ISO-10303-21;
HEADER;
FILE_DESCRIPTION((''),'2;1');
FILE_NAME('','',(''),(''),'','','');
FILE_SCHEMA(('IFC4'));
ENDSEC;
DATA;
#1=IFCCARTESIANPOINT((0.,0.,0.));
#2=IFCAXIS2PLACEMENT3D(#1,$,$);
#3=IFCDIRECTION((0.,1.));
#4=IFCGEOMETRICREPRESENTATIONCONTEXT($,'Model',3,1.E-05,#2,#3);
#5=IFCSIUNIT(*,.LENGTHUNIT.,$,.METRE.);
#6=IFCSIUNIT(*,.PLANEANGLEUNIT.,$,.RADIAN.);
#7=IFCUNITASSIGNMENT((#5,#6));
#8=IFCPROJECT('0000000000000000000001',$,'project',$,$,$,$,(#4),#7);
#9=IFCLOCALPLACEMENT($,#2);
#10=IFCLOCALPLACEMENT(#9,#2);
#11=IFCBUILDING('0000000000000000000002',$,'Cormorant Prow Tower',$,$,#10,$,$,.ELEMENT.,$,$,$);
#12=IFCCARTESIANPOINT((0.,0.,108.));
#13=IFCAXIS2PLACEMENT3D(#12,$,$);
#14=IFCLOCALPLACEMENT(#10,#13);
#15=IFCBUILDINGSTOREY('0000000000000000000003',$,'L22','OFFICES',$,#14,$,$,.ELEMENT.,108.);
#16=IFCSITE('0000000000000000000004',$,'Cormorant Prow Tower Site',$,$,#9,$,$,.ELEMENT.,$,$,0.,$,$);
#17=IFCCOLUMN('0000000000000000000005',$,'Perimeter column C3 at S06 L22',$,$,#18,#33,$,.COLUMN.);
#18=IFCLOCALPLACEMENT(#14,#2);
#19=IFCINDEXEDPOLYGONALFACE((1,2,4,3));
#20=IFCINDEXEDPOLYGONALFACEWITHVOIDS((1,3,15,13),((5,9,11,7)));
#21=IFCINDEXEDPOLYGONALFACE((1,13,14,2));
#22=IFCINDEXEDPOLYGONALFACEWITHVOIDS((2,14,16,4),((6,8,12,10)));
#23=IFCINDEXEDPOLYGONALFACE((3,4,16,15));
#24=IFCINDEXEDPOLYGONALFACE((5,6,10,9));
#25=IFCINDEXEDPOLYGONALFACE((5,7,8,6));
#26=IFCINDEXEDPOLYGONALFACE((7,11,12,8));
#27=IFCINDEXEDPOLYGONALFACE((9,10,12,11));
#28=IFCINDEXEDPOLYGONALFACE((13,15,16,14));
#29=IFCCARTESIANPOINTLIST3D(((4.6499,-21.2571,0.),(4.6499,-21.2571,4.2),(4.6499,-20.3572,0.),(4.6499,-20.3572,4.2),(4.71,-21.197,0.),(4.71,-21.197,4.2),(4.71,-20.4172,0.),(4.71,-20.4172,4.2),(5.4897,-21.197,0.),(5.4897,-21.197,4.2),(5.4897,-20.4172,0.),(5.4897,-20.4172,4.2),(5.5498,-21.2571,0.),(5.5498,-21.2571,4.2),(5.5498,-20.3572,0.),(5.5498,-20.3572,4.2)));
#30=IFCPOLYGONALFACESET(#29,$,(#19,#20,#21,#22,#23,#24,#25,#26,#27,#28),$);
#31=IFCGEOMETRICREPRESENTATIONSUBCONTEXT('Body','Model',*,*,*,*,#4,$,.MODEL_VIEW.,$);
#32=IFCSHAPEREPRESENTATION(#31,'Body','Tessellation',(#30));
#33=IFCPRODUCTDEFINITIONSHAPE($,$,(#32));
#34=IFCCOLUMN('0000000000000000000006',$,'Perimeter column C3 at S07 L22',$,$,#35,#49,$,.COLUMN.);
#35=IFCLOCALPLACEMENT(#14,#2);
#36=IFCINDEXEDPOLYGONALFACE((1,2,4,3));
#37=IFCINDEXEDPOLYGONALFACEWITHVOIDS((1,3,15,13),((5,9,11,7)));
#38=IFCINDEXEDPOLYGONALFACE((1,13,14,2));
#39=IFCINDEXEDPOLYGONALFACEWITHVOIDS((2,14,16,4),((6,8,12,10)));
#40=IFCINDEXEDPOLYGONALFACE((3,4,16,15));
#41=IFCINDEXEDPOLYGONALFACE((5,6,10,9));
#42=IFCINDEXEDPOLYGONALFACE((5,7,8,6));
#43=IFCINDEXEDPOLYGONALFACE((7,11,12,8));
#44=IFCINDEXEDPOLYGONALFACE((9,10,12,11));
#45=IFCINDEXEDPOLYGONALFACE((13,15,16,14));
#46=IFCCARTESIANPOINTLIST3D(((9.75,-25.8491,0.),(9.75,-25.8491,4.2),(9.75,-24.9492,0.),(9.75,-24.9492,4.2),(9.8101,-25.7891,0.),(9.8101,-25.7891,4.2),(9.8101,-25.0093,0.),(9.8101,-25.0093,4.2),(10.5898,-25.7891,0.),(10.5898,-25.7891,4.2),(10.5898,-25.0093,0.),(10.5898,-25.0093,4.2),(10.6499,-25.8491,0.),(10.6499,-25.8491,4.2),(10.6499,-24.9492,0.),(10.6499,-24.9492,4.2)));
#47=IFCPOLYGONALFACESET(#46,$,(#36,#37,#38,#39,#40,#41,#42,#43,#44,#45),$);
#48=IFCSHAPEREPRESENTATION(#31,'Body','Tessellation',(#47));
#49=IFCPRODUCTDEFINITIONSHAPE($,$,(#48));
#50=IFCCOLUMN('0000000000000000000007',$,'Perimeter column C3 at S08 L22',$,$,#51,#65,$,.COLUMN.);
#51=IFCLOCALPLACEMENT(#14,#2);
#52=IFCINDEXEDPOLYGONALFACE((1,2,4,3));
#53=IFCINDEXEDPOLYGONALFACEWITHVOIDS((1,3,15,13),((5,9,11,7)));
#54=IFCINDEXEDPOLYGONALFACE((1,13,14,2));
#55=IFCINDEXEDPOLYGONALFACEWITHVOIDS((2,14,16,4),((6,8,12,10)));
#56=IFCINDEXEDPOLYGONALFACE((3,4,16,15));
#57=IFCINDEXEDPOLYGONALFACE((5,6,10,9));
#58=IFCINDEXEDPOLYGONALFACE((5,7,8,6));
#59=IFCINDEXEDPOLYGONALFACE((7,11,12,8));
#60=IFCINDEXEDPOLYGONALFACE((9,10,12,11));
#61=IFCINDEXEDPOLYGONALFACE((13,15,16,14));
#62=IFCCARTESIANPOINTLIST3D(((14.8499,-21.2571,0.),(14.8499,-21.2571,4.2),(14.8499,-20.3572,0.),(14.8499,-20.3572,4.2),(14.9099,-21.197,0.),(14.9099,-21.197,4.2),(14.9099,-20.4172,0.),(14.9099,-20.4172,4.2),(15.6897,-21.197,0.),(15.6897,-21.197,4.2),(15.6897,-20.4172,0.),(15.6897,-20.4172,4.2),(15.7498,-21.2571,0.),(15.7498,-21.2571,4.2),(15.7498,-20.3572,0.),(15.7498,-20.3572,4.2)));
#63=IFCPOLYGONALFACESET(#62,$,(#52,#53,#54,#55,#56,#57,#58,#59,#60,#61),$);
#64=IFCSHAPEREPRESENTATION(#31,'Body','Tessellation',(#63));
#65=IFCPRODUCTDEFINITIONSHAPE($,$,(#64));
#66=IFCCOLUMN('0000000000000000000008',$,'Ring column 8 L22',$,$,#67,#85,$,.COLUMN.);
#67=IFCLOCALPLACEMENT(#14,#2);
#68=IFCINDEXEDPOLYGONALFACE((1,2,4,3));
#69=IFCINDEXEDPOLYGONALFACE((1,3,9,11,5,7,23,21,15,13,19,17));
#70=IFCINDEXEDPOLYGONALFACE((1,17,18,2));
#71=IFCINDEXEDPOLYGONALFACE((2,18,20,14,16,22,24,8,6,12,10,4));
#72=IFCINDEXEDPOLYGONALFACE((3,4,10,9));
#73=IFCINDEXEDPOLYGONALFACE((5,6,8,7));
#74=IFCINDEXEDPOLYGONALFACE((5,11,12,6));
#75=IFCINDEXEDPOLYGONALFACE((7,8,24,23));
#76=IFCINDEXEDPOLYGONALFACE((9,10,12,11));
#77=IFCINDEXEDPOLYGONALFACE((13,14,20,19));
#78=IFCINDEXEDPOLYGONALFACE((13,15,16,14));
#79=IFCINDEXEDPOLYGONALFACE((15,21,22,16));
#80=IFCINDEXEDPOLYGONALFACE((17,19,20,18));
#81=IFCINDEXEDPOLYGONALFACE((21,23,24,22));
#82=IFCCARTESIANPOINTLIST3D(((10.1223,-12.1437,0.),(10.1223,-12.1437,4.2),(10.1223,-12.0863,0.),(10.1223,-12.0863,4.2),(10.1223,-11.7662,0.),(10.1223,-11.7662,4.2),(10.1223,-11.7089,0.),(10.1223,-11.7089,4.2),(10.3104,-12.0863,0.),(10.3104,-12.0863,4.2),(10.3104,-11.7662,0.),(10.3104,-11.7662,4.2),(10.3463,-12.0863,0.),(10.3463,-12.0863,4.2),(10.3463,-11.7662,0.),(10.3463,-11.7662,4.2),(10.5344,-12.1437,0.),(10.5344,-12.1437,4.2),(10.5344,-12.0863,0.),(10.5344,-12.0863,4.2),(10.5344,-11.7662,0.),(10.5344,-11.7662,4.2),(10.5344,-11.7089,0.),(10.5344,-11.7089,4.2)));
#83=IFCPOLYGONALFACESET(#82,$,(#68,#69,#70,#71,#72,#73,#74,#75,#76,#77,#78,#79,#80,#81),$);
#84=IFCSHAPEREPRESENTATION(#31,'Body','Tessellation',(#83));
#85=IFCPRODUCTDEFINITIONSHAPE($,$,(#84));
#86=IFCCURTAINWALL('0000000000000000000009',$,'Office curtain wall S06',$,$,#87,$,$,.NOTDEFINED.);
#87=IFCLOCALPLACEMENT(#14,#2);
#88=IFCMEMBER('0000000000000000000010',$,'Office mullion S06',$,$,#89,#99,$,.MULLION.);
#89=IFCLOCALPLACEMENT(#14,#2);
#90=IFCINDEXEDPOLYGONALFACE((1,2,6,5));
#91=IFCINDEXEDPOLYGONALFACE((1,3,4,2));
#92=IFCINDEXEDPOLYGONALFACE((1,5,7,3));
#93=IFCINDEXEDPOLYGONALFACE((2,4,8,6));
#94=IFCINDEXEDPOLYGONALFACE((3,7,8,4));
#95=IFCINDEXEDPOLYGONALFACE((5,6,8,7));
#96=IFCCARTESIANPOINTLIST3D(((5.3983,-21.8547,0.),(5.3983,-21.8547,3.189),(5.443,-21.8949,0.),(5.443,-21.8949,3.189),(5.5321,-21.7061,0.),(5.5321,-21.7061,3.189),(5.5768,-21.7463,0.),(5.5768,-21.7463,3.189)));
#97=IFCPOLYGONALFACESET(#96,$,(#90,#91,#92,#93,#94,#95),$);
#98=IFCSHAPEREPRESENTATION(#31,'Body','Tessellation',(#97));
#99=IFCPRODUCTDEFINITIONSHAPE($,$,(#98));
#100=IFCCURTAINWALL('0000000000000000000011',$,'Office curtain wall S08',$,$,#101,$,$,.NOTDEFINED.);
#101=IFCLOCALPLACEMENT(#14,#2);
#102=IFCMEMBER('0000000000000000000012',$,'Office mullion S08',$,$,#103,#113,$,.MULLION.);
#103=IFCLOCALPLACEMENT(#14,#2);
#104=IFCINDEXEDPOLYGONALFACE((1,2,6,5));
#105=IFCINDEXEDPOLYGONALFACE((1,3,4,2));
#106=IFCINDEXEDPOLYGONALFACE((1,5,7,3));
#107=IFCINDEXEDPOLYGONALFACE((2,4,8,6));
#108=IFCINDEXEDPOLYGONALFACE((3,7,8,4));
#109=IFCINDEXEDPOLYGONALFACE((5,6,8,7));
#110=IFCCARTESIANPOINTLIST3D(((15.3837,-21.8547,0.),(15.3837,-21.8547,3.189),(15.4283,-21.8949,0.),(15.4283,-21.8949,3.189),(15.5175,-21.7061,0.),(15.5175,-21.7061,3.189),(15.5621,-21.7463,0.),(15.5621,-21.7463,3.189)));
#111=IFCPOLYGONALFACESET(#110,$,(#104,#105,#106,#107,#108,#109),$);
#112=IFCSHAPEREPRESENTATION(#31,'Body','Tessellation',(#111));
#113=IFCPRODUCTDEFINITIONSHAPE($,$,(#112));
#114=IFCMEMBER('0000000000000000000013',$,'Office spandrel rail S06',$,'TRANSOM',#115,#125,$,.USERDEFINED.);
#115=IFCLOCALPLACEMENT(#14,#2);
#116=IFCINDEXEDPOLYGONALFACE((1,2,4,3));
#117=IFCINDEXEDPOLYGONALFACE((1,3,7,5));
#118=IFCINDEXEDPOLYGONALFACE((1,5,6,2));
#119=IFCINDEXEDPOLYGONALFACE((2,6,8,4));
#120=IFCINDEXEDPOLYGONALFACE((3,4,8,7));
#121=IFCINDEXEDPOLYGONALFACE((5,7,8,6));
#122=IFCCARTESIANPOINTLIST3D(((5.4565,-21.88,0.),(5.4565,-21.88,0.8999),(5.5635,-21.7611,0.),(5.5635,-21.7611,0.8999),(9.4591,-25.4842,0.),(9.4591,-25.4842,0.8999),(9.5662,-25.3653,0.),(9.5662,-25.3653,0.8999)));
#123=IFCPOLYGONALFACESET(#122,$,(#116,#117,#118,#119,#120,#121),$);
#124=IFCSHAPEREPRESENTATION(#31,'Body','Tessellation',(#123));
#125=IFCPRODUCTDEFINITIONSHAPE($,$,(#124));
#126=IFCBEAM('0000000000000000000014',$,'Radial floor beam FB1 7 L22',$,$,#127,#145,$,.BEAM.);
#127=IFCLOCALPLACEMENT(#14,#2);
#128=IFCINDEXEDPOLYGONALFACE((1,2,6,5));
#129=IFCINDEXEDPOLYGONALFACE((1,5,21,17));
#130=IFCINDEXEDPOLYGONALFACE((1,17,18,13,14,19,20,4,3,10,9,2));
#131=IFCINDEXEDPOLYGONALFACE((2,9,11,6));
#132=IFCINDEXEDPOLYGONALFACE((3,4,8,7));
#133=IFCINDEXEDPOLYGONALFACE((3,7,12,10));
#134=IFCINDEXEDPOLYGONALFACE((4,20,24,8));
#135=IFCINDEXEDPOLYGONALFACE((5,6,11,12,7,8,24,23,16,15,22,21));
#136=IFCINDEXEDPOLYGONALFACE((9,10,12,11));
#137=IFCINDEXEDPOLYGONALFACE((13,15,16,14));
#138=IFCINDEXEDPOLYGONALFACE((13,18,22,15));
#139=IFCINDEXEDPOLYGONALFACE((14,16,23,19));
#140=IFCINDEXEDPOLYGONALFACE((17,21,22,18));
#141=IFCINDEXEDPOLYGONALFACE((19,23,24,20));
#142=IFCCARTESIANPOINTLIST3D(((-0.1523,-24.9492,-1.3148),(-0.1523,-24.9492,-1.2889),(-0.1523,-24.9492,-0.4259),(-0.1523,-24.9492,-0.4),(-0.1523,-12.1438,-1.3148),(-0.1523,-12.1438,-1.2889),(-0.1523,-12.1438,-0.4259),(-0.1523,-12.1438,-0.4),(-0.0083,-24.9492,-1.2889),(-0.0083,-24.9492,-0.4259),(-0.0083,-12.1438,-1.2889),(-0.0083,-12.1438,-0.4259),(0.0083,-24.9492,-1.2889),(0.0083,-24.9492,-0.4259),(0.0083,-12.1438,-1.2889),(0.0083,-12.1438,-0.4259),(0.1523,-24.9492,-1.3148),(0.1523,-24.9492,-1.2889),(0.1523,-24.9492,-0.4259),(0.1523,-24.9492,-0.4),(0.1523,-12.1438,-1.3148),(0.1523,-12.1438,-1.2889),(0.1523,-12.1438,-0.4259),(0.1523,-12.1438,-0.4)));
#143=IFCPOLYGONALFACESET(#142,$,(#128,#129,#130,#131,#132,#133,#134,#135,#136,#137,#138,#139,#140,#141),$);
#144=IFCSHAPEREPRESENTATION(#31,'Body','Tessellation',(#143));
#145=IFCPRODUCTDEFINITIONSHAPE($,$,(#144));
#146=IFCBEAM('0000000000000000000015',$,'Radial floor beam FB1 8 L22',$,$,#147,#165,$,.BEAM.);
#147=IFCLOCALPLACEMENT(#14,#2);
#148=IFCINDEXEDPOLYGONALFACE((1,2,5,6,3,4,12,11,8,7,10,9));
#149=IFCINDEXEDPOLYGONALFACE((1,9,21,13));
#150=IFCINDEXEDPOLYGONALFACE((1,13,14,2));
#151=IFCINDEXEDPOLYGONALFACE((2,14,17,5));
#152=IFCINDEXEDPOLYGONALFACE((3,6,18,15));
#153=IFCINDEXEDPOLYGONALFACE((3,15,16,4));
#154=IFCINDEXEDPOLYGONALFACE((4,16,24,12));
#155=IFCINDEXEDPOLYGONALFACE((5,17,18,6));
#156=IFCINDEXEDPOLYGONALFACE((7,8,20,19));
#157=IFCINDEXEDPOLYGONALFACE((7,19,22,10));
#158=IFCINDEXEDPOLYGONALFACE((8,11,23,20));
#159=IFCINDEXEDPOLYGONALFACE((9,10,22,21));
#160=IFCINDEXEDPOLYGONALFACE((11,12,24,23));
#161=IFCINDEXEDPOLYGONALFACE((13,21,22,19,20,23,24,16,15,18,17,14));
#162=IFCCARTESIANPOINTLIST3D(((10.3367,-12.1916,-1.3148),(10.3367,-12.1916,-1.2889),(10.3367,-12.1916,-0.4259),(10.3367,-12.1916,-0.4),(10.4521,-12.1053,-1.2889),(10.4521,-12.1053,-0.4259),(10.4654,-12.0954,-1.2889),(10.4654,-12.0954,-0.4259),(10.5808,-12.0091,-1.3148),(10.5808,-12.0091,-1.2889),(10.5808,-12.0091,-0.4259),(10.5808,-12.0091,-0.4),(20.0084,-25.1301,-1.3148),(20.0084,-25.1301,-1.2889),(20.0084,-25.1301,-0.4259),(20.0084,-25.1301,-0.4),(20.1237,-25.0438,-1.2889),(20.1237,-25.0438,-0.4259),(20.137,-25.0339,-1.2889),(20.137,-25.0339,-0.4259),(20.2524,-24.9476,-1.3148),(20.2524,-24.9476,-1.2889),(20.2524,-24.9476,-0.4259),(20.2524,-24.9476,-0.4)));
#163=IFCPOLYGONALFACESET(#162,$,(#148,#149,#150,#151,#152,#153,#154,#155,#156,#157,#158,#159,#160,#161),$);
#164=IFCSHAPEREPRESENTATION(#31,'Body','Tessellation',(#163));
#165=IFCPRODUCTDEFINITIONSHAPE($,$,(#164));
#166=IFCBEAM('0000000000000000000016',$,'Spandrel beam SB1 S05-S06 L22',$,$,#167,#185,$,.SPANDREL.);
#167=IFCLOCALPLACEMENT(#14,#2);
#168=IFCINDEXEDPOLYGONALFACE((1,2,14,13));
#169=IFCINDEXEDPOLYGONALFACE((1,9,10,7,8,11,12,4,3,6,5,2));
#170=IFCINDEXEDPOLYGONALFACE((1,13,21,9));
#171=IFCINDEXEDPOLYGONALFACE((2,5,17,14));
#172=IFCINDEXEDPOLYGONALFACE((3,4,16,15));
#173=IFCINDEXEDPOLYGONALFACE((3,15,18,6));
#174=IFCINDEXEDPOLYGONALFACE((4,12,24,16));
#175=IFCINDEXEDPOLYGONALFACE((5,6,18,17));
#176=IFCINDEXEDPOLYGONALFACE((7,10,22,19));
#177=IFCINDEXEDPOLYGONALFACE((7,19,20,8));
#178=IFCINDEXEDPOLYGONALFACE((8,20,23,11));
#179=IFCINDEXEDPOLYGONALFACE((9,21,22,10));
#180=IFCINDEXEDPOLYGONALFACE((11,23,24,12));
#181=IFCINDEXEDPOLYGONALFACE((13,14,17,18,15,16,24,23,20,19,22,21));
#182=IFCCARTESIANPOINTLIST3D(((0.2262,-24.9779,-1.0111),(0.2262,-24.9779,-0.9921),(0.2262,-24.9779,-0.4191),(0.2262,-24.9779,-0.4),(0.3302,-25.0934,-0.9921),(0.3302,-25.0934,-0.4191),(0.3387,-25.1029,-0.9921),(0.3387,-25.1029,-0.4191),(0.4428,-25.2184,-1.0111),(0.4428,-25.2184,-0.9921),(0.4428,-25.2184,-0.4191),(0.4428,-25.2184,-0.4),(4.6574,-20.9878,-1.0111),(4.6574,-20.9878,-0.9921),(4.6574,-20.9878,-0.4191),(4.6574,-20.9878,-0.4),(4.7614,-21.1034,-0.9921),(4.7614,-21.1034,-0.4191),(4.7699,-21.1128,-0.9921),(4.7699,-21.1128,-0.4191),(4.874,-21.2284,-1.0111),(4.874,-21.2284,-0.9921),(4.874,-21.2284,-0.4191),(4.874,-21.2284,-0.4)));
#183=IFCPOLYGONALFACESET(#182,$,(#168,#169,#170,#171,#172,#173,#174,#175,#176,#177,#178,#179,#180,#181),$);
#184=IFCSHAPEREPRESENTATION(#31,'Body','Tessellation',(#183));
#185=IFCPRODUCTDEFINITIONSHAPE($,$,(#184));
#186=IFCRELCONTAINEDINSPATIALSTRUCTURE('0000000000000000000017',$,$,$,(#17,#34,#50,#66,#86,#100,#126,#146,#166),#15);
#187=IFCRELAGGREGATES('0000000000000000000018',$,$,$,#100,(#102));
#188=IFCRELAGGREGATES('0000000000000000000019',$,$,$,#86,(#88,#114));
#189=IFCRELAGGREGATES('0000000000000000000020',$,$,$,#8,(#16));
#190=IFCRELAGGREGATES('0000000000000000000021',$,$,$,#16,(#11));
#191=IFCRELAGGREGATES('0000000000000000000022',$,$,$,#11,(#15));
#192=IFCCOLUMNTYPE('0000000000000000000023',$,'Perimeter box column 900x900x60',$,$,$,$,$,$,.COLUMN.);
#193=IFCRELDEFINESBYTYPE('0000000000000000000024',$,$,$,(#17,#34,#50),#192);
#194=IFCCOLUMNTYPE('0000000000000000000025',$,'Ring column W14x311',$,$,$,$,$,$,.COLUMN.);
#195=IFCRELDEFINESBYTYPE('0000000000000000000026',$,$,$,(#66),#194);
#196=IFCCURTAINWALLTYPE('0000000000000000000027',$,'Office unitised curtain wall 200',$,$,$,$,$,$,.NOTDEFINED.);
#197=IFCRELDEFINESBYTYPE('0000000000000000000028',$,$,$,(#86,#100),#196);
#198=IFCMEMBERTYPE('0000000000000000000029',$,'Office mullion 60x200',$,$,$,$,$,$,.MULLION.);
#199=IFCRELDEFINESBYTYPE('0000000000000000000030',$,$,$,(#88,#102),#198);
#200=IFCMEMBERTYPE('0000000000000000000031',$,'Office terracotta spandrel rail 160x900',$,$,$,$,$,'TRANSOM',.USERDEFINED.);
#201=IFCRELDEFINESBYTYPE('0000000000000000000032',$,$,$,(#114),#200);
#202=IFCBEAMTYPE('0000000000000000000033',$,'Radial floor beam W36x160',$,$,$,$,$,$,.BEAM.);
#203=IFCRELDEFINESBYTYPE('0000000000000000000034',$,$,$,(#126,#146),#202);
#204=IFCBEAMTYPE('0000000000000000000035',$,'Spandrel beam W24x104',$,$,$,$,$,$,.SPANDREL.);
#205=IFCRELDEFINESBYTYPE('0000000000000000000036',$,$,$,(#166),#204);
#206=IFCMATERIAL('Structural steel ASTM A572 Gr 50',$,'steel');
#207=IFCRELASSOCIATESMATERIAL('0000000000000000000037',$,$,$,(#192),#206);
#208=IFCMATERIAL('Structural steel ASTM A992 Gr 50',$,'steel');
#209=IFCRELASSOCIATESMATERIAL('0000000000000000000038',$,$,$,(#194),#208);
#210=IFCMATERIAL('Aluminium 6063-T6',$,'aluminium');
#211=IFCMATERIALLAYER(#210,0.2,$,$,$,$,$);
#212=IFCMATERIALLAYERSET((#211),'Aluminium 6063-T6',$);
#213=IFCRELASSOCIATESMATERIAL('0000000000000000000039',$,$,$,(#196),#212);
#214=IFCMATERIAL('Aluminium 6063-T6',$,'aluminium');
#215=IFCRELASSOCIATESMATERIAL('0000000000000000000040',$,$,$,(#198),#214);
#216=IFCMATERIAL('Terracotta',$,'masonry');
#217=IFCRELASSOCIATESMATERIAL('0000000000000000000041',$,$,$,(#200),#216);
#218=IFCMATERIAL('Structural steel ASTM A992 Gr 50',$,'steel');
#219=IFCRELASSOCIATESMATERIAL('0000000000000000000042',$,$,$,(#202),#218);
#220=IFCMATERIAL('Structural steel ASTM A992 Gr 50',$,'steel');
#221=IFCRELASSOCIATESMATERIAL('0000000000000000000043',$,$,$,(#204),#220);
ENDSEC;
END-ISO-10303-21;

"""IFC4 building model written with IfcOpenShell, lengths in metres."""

from ifc_helpers import new_model, si_unit, direction, frame, origin, origin_2d, place, context, subcontext, project, spatial, rectangle, hollow_rectangle, i_section, extrude, material, layer, layer_set, material_profile, profile_set, type_object, element, aggregate, save


model = new_model("IFC4")

# Units and contexts
model_context = context("Model", 3, precision=1e-05, world=origin(), true_north=direction((0.0, 1.0)))
body_context = subcontext(model_context, "Body", "Model", "MODEL_VIEW")
ifc_project = project(units=[si_unit("LENGTHUNIT", "METRE"), si_unit("PLANEANGLEUNIT", "RADIAN")], contexts=[model_context])

# Site, building, storey
site_placement = place(None, origin())
site = spatial("IfcSite", under=ifc_project, at=site_placement, Name="Cormorant Prow Tower Site", CompositionType="ELEMENT", RefElevation=0.0)
building_placement = place(site_placement, origin())
building = spatial("IfcBuilding", under=site, at=building_placement, Name="Cormorant Prow Tower", CompositionType="ELEMENT")
storey_placement = place(building_placement, frame((0.0, 0.0, 108.0)))
storey = spatial("IfcBuildingStorey", under=building, at=storey_placement, Name="L22", Description="OFFICES", CompositionType="ELEMENT", Elevation=108.0)

# Columns
ifc_material_1 = material(Name="Structural steel ASTM A572 Gr 50", Category="steel")
ifc_material_profile_1 = material_profile(ifc_material_1, hollow_rectangle(XDim=0.8999, YDim=0.8999, WallThickness=0.0601, at=origin_2d()), Name="Box 900x900x60")
ifc_profile_set_1 = profile_set([ifc_material_profile_1], Name="Structural steel ASTM A572 Gr 50")
column_type_1 = type_object("IfcColumnType", Name="Perimeter box column 900x900x60", PredefinedType="COLUMN", material=ifc_profile_set_1)
for number, where, z_axis, x_axis, name in (
    (1, (5.0999, -20.8071, 0.0), (0.0, 0.0, 1.0), (1.0, 0.0, 0.0), "Perimeter column C3 at S06 L22"),
    (2, (10.2, -25.3992, 0.0), (0.0, 0.0, 1.0), (1.0, 0.0, 0.0), "Perimeter column C3 at S07 L22"),
    (3, (15.2998, -20.8071, 0.0), (0.0, 0.0, 1.0), (1.0, 0.0, 0.0), "Perimeter column C3 at S08 L22"),
):
    element("IfcColumn", number, at=place(storey_placement, frame(where, z_axis=z_axis, x_axis=x_axis)), inside=storey, type_object=column_type_1, Name=name, PredefinedType="COLUMN", context=body_context, shape_type="SweptSolid", body=[
        extrude(hollow_rectangle(XDim=0.8999, YDim=0.8999, WallThickness=0.0601, at=origin_2d()), origin(), (0.0, 0.0, 1.0), 4.2),
    ])
ifc_material_2 = material(Name="Structural steel ASTM A992 Gr 50", Category="steel")
ifc_material_profile_2 = material_profile(ifc_material_2, i_section(OverallWidth=0.4121, OverallDepth=0.4348, WebThickness=0.0359, FlangeThickness=0.0574, at=origin_2d()), Name="W14x311")
ifc_profile_set_2 = profile_set([ifc_material_profile_2], Name="Structural steel ASTM A992 Gr 50")
column_type_2 = type_object("IfcColumnType", Name="Ring column W14x311", PredefinedType="COLUMN", material=ifc_profile_set_2)
column_placement = place(storey_placement, frame((10.3284, -11.9263, 0.0), z_axis=(0.0, 0.0, 1.0), x_axis=(1.0, 0.0, 0.0)))
element("IfcColumn", 4, at=column_placement, inside=storey, type_object=column_type_2, Name="Ring column 8 L22", PredefinedType="COLUMN", context=body_context, shape_type="SweptSolid", body=[
    extrude(i_section(OverallWidth=0.4121, OverallDepth=0.4348, WebThickness=0.0359, FlangeThickness=0.0574, at=origin_2d()), origin(), (0.0, 0.0, 1.0), 4.2),
])

# Curtain walls, members
ifc_material_3 = material(Name="Aluminium 6063-T6", Category="aluminium")
ifc_layer_1 = layer(ifc_material_3, 0.2)
ifc_layer_set_1 = layer_set([ifc_layer_1], Name="Aluminium 6063-T6")
curtain_wall_type = type_object("IfcCurtainWallType", Name="Office unitised curtain wall 200", PredefinedType="NOTDEFINED", material=ifc_layer_set_1)
curtain_wall_1_placement = place(storey_placement, origin())
curtain_wall_1 = element("IfcCurtainWall", 5, at=curtain_wall_1_placement, inside=storey, type_object=curtain_wall_type, Name="Office curtain wall S06", PredefinedType="NOTDEFINED")
ifc_material_4 = material(Name="Aluminium 6063-T6", Category="aluminium")
ifc_material_profile_3 = material_profile(ifc_material_4, rectangle(XDim=0.2, YDim=0.0601, at=origin_2d()), Name="Office mullion 60x200")
ifc_profile_set_3 = profile_set([ifc_material_profile_3], Name="Aluminium 6063-T6")
member_type_1 = type_object("IfcMemberType", Name="Office mullion 60x200", PredefinedType="MULLION", material=ifc_profile_set_3)
member_1_placement = place(storey_placement, frame((5.4875, -21.8005, 0.0), z_axis=(0.0, 0.0, 1.0), x_axis=(0.669131, 0.743145, 0.0)))
member_1 = element("IfcMember", 6, at=member_1_placement, type_object=member_type_1, Name="Office mullion S06", PredefinedType="MULLION", context=body_context, shape_type="SweptSolid", body=[
    extrude(rectangle(XDim=0.2, YDim=0.0601, at=origin_2d()), origin(), (0.0, 0.0, 1.0), 3.189),
])
curtain_wall_2_placement = place(storey_placement, origin())
curtain_wall_2 = element("IfcCurtainWall", 7, at=curtain_wall_2_placement, inside=storey, type_object=curtain_wall_type, Name="Office curtain wall S08", PredefinedType="NOTDEFINED")
member_2_placement = place(storey_placement, frame((15.4729, -21.8005, 0.0), z_axis=(0.0, 0.0, 1.0), x_axis=(0.669131, 0.743145, 0.0)))
member_2 = element("IfcMember", 8, at=member_2_placement, type_object=member_type_1, Name="Office mullion S08", PredefinedType="MULLION", context=body_context, shape_type="SweptSolid", body=[
    extrude(rectangle(XDim=0.2, YDim=0.0601, at=origin_2d()), origin(), (0.0, 0.0, 1.0), 3.189),
])
aggregate(curtain_wall_2, [member_2])

# Member
ifc_material_5 = material(Name="Terracotta", Category="masonry")
ifc_material_profile_4 = material_profile(ifc_material_5, rectangle(XDim=0.1599, YDim=0.8999, at=origin_2d()), Name="Office terracotta spandrel rail 160x900")
ifc_profile_set_4 = profile_set([ifc_material_profile_4], Name="Terracotta")
member_type_2 = type_object("IfcMemberType", Name="Office terracotta spandrel rail 160x900", ElementType="TRANSOM", PredefinedType="USERDEFINED", material=ifc_profile_set_4)
member_3_placement = place(storey_placement, frame((5.51, -21.8206, 0.45), z_axis=(0.743125, -0.669153, 0.0), x_axis=(0.669153, 0.743125, 0.0)))
member_3 = element("IfcMember", 9, at=member_3_placement, type_object=member_type_2, Name="Office spandrel rail S06", ObjectType="TRANSOM", PredefinedType="USERDEFINED", context=body_context, shape_type="SweptSolid", body=[
    extrude(rectangle(XDim=0.1599, YDim=0.8999, at=origin_2d()), origin(), (0.0, 0.0, 1.0), 5.3862),
])

# Beams
ifc_material_6 = material(Name="Structural steel ASTM A992 Gr 50", Category="steel")
ifc_material_profile_5 = material_profile(ifc_material_6, i_section(OverallWidth=0.3047, OverallDepth=0.9148, WebThickness=0.0166, FlangeThickness=0.0259, at=origin_2d()), Name="W36x160")
ifc_profile_set_5 = profile_set([ifc_material_profile_5], Name="Structural steel ASTM A992 Gr 50")
beam_type_1 = type_object("IfcBeamType", Name="Radial floor beam W36x160", PredefinedType="BEAM", material=ifc_profile_set_5)
beam_1_placement = place(storey_placement, frame((0.0, -12.1438, -0.8574), z_axis=(0.0, -1.0, 0.0), x_axis=(1.0, 0.0, 0.0)))
element("IfcBeam", 10, at=beam_1_placement, inside=storey, type_object=beam_type_1, Name="Radial floor beam FB1 7 L22", PredefinedType="BEAM", context=body_context, shape_type="SweptSolid", body=[
    extrude(i_section(OverallWidth=0.3047, OverallDepth=0.9148, WebThickness=0.0166, FlangeThickness=0.0259, at=origin_2d()), origin(), (0.0, 0.0, 1.0), 12.8054),
])
beam_2_placement = place(storey_placement, frame((10.4587, -12.1003, -0.8574), z_axis=(0.598722, -0.800957, 0.0), x_axis=(0.800957, 0.598722, 0.0)))
element("IfcBeam", 11, at=beam_2_placement, inside=storey, type_object=beam_type_1, Name="Radial floor beam FB1 8 L22", PredefinedType="BEAM", context=body_context, shape_type="SweptSolid", body=[
    extrude(i_section(OverallWidth=0.3047, OverallDepth=0.9148, WebThickness=0.0166, FlangeThickness=0.0259, at=origin_2d()), origin(), (0.0, 0.0, 1.0), 16.1538),
])
ifc_material_7 = material(Name="Structural steel ASTM A992 Gr 50", Category="steel")
ifc_material_profile_6 = material_profile(ifc_material_7, i_section(OverallWidth=0.3237, OverallDepth=0.6111, WebThickness=0.0127, FlangeThickness=0.019, at=origin_2d()), Name="W24x104")
ifc_profile_set_6 = profile_set([ifc_material_profile_6], Name="Structural steel ASTM A992 Gr 50")
beam_type_2 = type_object("IfcBeamType", Name="Spandrel beam W24x104", PredefinedType="SPANDREL", material=ifc_profile_set_6)
for number, where, z_axis, x_axis, name in (
    (12, (0.3345, -25.0981, -0.7056), (0.743131, 0.669146, 0.0), (-0.669146, 0.743131, 0.0), "Spandrel beam SB1 S05-S06 L22"),
):
    element("IfcBeam", number, at=place(storey_placement, frame(where, z_axis=z_axis, x_axis=x_axis)), inside=storey, type_object=beam_type_2, Name=name, PredefinedType="SPANDREL", context=body_context, shape_type="SweptSolid", body=[
        extrude(i_section(OverallWidth=0.3237, OverallDepth=0.6111, WebThickness=0.0127, FlangeThickness=0.019, at=origin_2d()), origin(), (0.0, 0.0, 1.0), 5.9629),
    ])

aggregate(curtain_wall_1, [member_1, member_3])

save(model, "model.ifc")
